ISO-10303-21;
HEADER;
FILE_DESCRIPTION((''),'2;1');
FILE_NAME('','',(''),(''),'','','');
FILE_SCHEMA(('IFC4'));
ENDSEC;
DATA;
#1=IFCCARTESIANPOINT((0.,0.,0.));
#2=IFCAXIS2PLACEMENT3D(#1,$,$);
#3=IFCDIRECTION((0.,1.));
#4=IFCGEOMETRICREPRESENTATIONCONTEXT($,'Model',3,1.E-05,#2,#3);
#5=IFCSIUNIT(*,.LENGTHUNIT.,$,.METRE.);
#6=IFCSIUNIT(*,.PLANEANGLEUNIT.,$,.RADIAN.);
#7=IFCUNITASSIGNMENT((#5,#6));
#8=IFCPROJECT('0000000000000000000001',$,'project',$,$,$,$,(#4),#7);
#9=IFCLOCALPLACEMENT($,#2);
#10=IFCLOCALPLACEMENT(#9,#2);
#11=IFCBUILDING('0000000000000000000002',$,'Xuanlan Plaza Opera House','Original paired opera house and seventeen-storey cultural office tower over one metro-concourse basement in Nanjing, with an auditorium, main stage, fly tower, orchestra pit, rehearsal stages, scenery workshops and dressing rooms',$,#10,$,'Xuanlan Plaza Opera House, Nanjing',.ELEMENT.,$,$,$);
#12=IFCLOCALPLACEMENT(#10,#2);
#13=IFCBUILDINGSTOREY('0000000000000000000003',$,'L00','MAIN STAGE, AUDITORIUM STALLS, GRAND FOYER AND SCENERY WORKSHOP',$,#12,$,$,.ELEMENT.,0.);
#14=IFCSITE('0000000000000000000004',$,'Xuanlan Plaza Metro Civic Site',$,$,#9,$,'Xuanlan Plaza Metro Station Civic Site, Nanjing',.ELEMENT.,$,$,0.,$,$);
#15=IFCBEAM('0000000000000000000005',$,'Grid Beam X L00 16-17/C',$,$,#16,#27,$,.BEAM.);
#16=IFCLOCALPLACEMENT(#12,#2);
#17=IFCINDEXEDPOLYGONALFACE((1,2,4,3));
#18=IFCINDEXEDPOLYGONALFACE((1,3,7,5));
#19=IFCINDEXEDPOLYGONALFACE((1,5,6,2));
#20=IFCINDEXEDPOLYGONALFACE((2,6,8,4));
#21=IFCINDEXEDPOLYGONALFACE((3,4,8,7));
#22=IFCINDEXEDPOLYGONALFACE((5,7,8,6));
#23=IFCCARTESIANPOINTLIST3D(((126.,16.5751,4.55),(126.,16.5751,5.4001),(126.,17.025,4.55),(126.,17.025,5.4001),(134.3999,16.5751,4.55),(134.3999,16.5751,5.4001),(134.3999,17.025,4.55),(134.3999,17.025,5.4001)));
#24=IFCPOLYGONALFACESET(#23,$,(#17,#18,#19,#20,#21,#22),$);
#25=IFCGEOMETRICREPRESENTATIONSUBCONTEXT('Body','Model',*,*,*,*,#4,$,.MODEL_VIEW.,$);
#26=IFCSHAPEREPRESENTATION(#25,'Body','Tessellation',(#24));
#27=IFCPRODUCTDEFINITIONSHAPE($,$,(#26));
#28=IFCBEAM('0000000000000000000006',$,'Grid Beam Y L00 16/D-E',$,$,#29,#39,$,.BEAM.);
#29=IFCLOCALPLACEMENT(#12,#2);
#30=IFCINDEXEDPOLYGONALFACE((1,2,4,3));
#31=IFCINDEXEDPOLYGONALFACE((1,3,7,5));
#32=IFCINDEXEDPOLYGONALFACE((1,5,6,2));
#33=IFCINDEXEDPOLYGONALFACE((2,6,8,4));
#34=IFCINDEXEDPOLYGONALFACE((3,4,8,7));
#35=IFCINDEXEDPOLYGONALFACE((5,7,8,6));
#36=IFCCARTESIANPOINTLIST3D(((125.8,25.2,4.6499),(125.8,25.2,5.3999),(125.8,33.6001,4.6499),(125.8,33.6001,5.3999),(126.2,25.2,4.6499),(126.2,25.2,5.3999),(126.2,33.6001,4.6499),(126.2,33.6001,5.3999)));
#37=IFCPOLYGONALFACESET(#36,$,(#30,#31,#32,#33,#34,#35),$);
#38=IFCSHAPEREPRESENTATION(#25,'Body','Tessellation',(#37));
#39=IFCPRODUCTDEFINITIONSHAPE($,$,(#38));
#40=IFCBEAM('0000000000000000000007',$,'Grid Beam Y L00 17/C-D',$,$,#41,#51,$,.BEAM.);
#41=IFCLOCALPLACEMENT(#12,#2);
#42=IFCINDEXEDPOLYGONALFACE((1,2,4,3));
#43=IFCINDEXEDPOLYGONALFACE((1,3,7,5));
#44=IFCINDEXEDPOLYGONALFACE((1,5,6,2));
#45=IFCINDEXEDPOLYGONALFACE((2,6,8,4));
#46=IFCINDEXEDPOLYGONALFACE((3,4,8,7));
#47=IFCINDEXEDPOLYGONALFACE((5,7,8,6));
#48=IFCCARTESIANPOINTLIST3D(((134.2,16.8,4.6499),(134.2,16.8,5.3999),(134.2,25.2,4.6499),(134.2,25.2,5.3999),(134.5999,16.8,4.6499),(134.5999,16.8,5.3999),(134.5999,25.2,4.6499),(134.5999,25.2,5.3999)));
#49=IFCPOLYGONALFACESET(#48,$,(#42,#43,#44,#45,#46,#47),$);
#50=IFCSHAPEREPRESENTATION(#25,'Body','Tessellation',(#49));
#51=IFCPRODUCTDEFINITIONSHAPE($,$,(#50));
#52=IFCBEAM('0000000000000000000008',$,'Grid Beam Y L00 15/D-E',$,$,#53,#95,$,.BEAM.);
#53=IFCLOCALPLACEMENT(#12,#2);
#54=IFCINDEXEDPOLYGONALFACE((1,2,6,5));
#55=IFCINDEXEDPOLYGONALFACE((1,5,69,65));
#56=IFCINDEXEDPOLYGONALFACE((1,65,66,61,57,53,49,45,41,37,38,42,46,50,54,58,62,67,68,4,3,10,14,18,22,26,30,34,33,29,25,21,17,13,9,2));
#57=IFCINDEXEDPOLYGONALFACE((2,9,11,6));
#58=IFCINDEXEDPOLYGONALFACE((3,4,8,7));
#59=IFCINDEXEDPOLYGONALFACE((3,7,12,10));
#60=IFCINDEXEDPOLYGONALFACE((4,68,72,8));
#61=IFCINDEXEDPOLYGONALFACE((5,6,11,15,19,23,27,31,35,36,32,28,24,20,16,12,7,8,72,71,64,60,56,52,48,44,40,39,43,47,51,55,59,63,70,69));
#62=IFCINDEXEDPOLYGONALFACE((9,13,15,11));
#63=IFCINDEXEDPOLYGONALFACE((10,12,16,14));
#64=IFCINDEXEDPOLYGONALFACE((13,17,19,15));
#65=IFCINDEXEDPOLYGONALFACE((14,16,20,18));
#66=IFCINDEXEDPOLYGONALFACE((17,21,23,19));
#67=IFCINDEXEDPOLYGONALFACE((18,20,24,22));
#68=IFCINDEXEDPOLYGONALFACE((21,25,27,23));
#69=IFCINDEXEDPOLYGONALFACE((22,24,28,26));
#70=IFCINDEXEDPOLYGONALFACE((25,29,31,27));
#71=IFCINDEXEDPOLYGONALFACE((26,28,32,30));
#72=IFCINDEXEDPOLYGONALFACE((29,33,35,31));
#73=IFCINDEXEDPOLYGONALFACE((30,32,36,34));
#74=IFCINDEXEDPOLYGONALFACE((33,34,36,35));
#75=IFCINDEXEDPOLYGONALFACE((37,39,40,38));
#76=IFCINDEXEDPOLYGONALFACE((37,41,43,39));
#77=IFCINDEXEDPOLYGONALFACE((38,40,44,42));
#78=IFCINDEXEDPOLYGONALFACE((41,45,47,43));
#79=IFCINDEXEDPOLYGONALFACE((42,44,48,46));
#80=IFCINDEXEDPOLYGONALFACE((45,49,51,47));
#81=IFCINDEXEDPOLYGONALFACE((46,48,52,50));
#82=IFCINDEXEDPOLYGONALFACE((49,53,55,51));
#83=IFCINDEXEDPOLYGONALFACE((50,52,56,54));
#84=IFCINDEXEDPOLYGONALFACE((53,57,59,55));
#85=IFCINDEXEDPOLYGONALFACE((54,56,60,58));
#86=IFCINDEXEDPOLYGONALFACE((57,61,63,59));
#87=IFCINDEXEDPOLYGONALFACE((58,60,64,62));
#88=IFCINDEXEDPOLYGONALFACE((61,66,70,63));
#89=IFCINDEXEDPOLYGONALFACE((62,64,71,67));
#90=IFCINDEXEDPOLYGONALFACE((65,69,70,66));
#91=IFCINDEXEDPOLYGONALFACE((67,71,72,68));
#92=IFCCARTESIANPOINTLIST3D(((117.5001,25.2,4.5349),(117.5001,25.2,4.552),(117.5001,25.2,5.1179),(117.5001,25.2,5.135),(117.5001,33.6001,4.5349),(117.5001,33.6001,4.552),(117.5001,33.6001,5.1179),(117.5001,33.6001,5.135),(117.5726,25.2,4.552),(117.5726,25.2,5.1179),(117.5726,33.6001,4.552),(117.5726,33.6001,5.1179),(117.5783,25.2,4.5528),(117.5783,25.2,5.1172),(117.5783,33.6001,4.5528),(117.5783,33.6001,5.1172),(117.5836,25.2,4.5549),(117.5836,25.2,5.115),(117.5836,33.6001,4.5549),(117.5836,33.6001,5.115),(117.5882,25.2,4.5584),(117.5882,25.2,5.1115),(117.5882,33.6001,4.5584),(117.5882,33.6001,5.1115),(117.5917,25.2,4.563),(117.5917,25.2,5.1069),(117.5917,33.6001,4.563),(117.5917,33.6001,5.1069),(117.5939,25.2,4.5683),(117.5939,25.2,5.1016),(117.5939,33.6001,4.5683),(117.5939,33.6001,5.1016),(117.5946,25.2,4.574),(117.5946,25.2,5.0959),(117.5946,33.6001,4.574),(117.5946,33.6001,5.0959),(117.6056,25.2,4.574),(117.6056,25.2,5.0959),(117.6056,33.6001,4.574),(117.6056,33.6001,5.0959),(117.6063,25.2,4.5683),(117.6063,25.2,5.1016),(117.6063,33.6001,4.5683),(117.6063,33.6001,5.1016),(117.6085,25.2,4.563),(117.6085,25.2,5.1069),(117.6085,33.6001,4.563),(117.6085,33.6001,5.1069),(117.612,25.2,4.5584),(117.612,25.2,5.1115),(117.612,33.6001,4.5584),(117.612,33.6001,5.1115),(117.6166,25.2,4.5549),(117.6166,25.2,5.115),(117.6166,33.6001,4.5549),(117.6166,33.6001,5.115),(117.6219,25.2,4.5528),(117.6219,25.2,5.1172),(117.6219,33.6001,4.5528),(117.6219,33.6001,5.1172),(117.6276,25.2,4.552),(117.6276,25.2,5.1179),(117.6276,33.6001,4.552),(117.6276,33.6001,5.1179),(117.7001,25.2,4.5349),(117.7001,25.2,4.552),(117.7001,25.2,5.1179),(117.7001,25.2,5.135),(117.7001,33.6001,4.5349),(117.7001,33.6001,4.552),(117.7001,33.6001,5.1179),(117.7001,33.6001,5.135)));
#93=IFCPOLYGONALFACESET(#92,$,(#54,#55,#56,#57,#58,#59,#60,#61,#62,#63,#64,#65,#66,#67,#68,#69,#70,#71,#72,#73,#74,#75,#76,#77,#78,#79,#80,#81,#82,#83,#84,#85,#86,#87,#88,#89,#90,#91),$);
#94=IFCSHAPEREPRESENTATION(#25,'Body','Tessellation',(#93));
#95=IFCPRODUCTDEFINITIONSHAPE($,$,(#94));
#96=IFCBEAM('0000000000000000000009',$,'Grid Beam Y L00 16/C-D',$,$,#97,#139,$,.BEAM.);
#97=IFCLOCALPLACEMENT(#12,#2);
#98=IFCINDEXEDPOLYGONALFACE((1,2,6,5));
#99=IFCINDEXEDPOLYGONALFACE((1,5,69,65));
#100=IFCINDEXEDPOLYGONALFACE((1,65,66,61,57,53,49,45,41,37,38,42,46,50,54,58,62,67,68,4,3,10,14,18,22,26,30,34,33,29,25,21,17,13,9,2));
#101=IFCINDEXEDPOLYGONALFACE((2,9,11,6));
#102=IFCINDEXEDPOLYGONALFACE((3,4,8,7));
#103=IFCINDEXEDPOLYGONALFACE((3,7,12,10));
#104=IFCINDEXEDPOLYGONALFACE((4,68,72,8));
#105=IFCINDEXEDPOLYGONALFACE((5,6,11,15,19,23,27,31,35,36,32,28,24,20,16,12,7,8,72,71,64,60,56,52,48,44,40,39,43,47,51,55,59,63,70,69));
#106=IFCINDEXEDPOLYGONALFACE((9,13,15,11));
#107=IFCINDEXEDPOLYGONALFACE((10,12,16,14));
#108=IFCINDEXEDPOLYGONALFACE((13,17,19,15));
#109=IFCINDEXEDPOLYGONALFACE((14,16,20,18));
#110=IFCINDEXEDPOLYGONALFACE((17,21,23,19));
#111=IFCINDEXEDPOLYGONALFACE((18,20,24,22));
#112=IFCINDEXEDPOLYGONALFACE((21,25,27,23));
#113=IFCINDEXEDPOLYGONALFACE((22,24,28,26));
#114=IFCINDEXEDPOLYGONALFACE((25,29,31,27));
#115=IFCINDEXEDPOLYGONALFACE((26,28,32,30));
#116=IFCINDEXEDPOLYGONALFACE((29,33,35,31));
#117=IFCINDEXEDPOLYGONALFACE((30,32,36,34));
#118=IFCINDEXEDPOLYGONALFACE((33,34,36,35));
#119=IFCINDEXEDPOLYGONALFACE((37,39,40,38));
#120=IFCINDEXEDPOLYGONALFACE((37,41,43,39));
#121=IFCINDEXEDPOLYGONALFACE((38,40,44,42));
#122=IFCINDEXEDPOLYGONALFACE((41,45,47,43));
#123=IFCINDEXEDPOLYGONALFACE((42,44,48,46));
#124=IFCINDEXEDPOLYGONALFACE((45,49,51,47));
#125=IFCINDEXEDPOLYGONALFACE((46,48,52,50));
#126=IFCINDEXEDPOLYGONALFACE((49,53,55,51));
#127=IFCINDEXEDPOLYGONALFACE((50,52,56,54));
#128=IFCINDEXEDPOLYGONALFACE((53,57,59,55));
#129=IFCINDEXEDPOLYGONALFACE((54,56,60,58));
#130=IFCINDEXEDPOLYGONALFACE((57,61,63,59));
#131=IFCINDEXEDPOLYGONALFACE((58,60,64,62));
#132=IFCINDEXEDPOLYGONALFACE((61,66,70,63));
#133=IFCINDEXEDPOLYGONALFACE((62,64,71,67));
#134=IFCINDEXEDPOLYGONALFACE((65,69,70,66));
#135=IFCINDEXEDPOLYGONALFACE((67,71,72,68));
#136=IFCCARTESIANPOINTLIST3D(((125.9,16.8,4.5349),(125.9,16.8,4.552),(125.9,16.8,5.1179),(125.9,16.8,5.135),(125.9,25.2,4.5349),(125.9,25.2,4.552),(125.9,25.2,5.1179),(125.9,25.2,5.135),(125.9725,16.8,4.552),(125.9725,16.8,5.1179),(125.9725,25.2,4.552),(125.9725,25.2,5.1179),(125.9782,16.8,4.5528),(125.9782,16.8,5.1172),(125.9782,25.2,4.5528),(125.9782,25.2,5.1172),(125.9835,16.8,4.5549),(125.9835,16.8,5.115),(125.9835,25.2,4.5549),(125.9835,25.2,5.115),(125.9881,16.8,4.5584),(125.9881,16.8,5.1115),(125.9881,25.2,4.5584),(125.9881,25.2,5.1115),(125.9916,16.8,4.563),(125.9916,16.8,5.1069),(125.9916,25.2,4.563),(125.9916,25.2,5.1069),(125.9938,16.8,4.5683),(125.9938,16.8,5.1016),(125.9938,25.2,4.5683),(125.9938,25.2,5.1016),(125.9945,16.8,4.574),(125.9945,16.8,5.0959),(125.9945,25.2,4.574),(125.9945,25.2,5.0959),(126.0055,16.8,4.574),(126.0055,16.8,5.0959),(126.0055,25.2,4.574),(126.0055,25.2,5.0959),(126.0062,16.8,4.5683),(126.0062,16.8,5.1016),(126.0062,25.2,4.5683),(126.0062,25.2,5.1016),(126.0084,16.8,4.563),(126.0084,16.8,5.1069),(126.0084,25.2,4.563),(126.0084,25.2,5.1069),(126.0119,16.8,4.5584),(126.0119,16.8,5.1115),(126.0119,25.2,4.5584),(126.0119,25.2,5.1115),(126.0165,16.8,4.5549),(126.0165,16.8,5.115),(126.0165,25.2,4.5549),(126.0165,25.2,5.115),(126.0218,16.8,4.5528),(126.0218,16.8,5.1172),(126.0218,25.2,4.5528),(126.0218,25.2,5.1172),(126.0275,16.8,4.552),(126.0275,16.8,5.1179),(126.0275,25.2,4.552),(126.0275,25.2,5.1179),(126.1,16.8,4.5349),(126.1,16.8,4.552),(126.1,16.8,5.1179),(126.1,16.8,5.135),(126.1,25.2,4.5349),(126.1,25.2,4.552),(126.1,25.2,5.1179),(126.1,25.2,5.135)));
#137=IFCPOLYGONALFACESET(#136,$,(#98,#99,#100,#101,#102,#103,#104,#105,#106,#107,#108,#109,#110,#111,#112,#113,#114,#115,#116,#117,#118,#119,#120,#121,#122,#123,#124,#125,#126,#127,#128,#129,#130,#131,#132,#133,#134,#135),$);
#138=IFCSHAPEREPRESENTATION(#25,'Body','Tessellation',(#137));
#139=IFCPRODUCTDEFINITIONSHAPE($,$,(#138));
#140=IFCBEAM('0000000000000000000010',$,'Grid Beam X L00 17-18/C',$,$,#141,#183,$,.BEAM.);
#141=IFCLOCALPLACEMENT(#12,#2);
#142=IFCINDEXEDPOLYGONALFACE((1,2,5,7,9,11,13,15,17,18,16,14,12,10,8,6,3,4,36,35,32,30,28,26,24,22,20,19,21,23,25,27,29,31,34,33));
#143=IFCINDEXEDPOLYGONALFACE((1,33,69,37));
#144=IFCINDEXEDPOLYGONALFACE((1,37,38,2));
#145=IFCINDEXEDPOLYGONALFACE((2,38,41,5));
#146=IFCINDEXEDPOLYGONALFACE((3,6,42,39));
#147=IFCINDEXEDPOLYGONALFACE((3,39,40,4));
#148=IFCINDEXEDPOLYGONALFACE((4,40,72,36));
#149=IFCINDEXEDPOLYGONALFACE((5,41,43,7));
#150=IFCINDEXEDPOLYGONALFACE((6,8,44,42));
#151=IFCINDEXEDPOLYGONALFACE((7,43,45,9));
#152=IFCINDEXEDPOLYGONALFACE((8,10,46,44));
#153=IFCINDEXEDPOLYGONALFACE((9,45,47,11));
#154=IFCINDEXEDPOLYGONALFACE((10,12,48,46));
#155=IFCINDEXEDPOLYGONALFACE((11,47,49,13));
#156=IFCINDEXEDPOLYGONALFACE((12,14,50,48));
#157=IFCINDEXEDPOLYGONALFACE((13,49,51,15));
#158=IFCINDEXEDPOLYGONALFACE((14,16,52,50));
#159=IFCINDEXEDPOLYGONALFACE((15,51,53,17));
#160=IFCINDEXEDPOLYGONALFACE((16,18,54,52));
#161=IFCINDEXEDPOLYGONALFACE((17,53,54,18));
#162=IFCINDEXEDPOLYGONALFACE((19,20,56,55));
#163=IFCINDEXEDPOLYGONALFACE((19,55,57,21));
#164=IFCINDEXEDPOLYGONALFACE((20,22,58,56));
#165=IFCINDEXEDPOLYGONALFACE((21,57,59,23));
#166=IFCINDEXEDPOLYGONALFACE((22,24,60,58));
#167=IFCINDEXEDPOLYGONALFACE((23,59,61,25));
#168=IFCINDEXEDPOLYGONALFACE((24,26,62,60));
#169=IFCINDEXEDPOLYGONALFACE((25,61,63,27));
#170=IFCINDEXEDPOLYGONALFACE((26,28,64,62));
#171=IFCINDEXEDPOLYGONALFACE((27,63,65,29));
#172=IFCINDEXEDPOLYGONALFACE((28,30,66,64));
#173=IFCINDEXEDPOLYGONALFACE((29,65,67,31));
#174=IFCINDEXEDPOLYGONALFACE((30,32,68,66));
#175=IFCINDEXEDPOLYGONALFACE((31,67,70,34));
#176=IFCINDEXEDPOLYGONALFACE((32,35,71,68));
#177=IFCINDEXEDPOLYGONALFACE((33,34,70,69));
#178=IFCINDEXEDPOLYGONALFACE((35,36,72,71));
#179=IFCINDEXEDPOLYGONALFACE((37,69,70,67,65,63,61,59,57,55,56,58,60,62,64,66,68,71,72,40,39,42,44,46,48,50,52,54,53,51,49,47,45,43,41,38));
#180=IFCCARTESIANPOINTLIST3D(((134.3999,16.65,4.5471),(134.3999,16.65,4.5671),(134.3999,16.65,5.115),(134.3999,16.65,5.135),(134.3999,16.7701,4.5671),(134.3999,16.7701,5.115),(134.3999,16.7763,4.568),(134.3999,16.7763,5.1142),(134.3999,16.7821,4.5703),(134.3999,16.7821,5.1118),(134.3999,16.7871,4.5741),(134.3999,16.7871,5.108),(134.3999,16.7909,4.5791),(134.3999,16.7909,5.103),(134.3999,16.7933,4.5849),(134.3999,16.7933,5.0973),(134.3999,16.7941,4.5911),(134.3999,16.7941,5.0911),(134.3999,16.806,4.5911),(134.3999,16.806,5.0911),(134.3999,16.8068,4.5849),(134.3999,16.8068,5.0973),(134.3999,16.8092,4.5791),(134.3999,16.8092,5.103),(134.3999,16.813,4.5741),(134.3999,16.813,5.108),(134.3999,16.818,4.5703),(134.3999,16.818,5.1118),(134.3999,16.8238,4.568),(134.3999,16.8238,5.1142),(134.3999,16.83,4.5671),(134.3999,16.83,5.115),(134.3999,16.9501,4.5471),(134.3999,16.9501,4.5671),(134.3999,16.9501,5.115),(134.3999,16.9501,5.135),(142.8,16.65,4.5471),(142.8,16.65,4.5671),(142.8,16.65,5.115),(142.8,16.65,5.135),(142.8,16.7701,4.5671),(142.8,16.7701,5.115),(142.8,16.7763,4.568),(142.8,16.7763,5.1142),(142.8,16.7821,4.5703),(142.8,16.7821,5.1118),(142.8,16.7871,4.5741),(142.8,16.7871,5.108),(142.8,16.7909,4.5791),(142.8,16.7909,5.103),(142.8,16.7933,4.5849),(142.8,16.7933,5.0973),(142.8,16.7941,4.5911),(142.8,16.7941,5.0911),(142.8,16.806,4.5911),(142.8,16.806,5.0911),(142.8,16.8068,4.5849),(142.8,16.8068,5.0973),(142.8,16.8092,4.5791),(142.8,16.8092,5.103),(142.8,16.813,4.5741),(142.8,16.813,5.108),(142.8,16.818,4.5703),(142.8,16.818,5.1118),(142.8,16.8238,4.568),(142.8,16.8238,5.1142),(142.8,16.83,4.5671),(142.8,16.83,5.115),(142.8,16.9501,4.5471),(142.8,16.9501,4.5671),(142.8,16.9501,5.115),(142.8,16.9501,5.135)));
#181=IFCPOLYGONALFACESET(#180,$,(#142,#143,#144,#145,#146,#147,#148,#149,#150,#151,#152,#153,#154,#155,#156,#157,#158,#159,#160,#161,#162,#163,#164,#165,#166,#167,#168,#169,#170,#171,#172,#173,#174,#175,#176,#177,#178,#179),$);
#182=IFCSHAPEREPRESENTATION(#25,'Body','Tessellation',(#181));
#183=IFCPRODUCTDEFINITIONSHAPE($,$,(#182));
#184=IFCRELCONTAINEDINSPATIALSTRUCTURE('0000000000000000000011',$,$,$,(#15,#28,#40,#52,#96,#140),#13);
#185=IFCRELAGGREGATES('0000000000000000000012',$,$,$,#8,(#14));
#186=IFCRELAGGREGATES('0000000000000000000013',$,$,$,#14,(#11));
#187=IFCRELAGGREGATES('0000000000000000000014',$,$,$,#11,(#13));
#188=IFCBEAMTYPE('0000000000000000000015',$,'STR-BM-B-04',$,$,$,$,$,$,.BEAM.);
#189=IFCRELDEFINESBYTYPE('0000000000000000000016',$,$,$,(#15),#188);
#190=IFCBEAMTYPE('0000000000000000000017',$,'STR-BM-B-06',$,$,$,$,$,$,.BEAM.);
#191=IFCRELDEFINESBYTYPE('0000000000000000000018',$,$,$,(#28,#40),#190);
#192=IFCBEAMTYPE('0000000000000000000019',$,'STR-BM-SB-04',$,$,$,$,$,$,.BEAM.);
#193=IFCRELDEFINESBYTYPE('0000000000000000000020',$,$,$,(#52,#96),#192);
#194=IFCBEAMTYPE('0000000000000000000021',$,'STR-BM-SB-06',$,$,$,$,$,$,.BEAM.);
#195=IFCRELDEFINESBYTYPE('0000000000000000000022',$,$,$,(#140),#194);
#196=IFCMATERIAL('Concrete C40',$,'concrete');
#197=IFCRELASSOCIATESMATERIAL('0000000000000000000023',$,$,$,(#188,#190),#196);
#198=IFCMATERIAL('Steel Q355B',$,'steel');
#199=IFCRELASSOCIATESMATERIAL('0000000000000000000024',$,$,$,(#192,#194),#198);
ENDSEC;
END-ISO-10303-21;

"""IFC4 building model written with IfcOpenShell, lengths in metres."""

from ifc_helpers import new_model, si_unit, direction, frame, origin, origin_2d, place, context, subcontext, project, spatial, rectangle, i_section, extrude, material, material_profile, profile_set, type_object, element, save


model = new_model("IFC4")

# Units and contexts
model_context = context("Model", 3, precision=1e-05, world=origin(), true_north=direction((0.0, 1.0)))
body_context = subcontext(model_context, "Body", "Model", "MODEL_VIEW")
ifc_project = project(units=[si_unit("LENGTHUNIT", "METRE"), si_unit("PLANEANGLEUNIT", "RADIAN")], contexts=[model_context])

# Site, building, storey
site_placement = place(None, origin())
site = spatial("IfcSite", under=ifc_project, at=site_placement, Name="Xuanlan Plaza Metro Civic Site", LongName="Xuanlan Plaza Metro Station Civic Site, Nanjing", CompositionType="ELEMENT", RefElevation=0.0)
building_placement = place(site_placement, origin())
building = spatial("IfcBuilding", under=site, at=building_placement, Name="Xuanlan Plaza Opera House", Description="Original paired opera house and seventeen-storey cultural office tower over one metro-concourse basement in Nanjing, with an auditorium, main stage, fly tower, orchestra pit, rehearsal stages, scenery workshops and dressing rooms", LongName="Xuanlan Plaza Opera House, Nanjing", CompositionType="ELEMENT")
storey_placement = place(building_placement, origin())
storey = spatial("IfcBuildingStorey", under=building, at=storey_placement, Name="L00", Description="MAIN STAGE, AUDITORIUM STALLS, GRAND FOYER AND SCENERY WORKSHOP", CompositionType="ELEMENT", Elevation=0.0)

# Shared definitions
ifc_material_1 = material(Name="Concrete C40", Category="concrete")
ifc_material_2 = material(Name="Steel Q355B", Category="steel")

# Beams
ifc_material_profile_1 = material_profile(ifc_material_1, rectangle(XDim=0.45, YDim=0.8501, at=origin_2d()), Name="RC-BM 450x850")
ifc_profile_set_1 = profile_set([ifc_material_profile_1], Name="Concrete C40")
beam_type_1 = type_object("IfcBeamType", Name="STR-BM-B-04", PredefinedType="BEAM", material=ifc_profile_set_1)
beam_1_placement = place(storey_placement, frame((126.0, 16.8, 4.9751), z_axis=(1.0, 0.0, 0.0), x_axis=(0.0, 1.0, 0.0)))
element("IfcBeam", 1, at=beam_1_placement, inside=storey, type_object=beam_type_1, Name="Grid Beam X L00 16-17/C", PredefinedType="BEAM", context=body_context, shape_type="SweptSolid", body=[
    extrude(rectangle(XDim=0.45, YDim=0.8501, at=origin_2d()), origin(), (0.0, 0.0, 1.0), 8.3999),
])
ifc_material_profile_2 = material_profile(ifc_material_1, rectangle(XDim=0.3999, YDim=0.75, at=origin_2d()), Name="RC-BM 400x750")
ifc_profile_set_2 = profile_set([ifc_material_profile_2], Name="Concrete C40")
beam_type_2 = type_object("IfcBeamType", Name="STR-BM-B-06", PredefinedType="BEAM", material=ifc_profile_set_2)
beam_2_placement = place(storey_placement, frame((126.0, 25.2, 5.0249), z_axis=(0.0, 1.0, 0.0), x_axis=(-1.0, 0.0, 0.0)))
element("IfcBeam", 2, at=beam_2_placement, inside=storey, type_object=beam_type_2, Name="Grid Beam Y L00 16/D-E", PredefinedType="BEAM", context=body_context, shape_type="SweptSolid", body=[
    extrude(rectangle(XDim=0.3999, YDim=0.75, at=origin_2d()), origin(), (0.0, 0.0, 1.0), 8.4001),
])
beam_3_placement = place(storey_placement, frame((134.3999, 16.8, 5.0249), z_axis=(0.0, 1.0, 0.0), x_axis=(-1.0, 0.0, 0.0)))
element("IfcBeam", 3, at=beam_3_placement, inside=storey, type_object=beam_type_2, Name="Grid Beam Y L00 17/C-D", PredefinedType="BEAM", context=body_context, shape_type="SweptSolid", body=[
    extrude(rectangle(XDim=0.3999, YDim=0.75, at=origin_2d()), origin(), (0.0, 0.0, 1.0), 8.3999),
])
ifc_material_profile_3 = material_profile(ifc_material_2, i_section(OverallWidth=0.2, OverallDepth=0.6001, WebThickness=0.011, FlangeThickness=0.0171, FilletRadius=0.022, at=origin_2d()), Name="HN 600x200x11x17")
ifc_profile_set_3 = profile_set([ifc_material_profile_3], Name="Steel Q355B")
beam_type_3 = type_object("IfcBeamType", Name="STR-BM-SB-04", PredefinedType="BEAM", material=ifc_profile_set_3)
beam_4_placement = place(storey_placement, frame((117.6001, 25.2, 4.835), z_axis=(0.0, 1.0, 0.0), x_axis=(-1.0, 0.0, 0.0)))
element("IfcBeam", 4, at=beam_4_placement, inside=storey, type_object=beam_type_3, Name="Grid Beam Y L00 15/D-E", PredefinedType="BEAM", context=body_context, shape_type="SweptSolid", body=[
    extrude(i_section(OverallWidth=0.2, OverallDepth=0.6001, WebThickness=0.011, FlangeThickness=0.0171, FilletRadius=0.022, at=origin_2d()), origin(), (0.0, 0.0, 1.0), 8.4001),
])
beam_5_placement = place(storey_placement, frame((126.0, 16.8, 4.835), z_axis=(0.0, 1.0, 0.0), x_axis=(-1.0, 0.0, 0.0)))
element("IfcBeam", 5, at=beam_5_placement, inside=storey, type_object=beam_type_3, Name="Grid Beam Y L00 16/C-D", PredefinedType="BEAM", context=body_context, shape_type="SweptSolid", body=[
    extrude(i_section(OverallWidth=0.2, OverallDepth=0.6001, WebThickness=0.011, FlangeThickness=0.0171, FilletRadius=0.022, at=origin_2d()), origin(), (0.0, 0.0, 1.0), 8.3999),
])
ifc_material_profile_4 = material_profile(ifc_material_2, i_section(OverallWidth=0.3, OverallDepth=0.5879, WebThickness=0.012, FlangeThickness=0.02, FilletRadius=0.0239, at=origin_2d()), Name="HM 588x300x12x20")
ifc_profile_set_4 = profile_set([ifc_material_profile_4], Name="Steel Q355B")
beam_type_4 = type_object("IfcBeamType", Name="STR-BM-SB-06", PredefinedType="BEAM", material=ifc_profile_set_4)
beam_6_placement = place(storey_placement, frame((134.3999, 16.8, 4.8411), z_axis=(1.0, 0.0, 0.0), x_axis=(0.0, 1.0, 0.0)))
element("IfcBeam", 6, at=beam_6_placement, inside=storey, type_object=beam_type_4, Name="Grid Beam X L00 17-18/C", PredefinedType="BEAM", context=body_context, shape_type="SweptSolid", body=[
    extrude(i_section(OverallWidth=0.3, OverallDepth=0.5879, WebThickness=0.012, FlangeThickness=0.02, FilletRadius=0.0239, at=origin_2d()), origin(), (0.0, 0.0, 1.0), 8.4001),
])

save(model, "model.ifc")
